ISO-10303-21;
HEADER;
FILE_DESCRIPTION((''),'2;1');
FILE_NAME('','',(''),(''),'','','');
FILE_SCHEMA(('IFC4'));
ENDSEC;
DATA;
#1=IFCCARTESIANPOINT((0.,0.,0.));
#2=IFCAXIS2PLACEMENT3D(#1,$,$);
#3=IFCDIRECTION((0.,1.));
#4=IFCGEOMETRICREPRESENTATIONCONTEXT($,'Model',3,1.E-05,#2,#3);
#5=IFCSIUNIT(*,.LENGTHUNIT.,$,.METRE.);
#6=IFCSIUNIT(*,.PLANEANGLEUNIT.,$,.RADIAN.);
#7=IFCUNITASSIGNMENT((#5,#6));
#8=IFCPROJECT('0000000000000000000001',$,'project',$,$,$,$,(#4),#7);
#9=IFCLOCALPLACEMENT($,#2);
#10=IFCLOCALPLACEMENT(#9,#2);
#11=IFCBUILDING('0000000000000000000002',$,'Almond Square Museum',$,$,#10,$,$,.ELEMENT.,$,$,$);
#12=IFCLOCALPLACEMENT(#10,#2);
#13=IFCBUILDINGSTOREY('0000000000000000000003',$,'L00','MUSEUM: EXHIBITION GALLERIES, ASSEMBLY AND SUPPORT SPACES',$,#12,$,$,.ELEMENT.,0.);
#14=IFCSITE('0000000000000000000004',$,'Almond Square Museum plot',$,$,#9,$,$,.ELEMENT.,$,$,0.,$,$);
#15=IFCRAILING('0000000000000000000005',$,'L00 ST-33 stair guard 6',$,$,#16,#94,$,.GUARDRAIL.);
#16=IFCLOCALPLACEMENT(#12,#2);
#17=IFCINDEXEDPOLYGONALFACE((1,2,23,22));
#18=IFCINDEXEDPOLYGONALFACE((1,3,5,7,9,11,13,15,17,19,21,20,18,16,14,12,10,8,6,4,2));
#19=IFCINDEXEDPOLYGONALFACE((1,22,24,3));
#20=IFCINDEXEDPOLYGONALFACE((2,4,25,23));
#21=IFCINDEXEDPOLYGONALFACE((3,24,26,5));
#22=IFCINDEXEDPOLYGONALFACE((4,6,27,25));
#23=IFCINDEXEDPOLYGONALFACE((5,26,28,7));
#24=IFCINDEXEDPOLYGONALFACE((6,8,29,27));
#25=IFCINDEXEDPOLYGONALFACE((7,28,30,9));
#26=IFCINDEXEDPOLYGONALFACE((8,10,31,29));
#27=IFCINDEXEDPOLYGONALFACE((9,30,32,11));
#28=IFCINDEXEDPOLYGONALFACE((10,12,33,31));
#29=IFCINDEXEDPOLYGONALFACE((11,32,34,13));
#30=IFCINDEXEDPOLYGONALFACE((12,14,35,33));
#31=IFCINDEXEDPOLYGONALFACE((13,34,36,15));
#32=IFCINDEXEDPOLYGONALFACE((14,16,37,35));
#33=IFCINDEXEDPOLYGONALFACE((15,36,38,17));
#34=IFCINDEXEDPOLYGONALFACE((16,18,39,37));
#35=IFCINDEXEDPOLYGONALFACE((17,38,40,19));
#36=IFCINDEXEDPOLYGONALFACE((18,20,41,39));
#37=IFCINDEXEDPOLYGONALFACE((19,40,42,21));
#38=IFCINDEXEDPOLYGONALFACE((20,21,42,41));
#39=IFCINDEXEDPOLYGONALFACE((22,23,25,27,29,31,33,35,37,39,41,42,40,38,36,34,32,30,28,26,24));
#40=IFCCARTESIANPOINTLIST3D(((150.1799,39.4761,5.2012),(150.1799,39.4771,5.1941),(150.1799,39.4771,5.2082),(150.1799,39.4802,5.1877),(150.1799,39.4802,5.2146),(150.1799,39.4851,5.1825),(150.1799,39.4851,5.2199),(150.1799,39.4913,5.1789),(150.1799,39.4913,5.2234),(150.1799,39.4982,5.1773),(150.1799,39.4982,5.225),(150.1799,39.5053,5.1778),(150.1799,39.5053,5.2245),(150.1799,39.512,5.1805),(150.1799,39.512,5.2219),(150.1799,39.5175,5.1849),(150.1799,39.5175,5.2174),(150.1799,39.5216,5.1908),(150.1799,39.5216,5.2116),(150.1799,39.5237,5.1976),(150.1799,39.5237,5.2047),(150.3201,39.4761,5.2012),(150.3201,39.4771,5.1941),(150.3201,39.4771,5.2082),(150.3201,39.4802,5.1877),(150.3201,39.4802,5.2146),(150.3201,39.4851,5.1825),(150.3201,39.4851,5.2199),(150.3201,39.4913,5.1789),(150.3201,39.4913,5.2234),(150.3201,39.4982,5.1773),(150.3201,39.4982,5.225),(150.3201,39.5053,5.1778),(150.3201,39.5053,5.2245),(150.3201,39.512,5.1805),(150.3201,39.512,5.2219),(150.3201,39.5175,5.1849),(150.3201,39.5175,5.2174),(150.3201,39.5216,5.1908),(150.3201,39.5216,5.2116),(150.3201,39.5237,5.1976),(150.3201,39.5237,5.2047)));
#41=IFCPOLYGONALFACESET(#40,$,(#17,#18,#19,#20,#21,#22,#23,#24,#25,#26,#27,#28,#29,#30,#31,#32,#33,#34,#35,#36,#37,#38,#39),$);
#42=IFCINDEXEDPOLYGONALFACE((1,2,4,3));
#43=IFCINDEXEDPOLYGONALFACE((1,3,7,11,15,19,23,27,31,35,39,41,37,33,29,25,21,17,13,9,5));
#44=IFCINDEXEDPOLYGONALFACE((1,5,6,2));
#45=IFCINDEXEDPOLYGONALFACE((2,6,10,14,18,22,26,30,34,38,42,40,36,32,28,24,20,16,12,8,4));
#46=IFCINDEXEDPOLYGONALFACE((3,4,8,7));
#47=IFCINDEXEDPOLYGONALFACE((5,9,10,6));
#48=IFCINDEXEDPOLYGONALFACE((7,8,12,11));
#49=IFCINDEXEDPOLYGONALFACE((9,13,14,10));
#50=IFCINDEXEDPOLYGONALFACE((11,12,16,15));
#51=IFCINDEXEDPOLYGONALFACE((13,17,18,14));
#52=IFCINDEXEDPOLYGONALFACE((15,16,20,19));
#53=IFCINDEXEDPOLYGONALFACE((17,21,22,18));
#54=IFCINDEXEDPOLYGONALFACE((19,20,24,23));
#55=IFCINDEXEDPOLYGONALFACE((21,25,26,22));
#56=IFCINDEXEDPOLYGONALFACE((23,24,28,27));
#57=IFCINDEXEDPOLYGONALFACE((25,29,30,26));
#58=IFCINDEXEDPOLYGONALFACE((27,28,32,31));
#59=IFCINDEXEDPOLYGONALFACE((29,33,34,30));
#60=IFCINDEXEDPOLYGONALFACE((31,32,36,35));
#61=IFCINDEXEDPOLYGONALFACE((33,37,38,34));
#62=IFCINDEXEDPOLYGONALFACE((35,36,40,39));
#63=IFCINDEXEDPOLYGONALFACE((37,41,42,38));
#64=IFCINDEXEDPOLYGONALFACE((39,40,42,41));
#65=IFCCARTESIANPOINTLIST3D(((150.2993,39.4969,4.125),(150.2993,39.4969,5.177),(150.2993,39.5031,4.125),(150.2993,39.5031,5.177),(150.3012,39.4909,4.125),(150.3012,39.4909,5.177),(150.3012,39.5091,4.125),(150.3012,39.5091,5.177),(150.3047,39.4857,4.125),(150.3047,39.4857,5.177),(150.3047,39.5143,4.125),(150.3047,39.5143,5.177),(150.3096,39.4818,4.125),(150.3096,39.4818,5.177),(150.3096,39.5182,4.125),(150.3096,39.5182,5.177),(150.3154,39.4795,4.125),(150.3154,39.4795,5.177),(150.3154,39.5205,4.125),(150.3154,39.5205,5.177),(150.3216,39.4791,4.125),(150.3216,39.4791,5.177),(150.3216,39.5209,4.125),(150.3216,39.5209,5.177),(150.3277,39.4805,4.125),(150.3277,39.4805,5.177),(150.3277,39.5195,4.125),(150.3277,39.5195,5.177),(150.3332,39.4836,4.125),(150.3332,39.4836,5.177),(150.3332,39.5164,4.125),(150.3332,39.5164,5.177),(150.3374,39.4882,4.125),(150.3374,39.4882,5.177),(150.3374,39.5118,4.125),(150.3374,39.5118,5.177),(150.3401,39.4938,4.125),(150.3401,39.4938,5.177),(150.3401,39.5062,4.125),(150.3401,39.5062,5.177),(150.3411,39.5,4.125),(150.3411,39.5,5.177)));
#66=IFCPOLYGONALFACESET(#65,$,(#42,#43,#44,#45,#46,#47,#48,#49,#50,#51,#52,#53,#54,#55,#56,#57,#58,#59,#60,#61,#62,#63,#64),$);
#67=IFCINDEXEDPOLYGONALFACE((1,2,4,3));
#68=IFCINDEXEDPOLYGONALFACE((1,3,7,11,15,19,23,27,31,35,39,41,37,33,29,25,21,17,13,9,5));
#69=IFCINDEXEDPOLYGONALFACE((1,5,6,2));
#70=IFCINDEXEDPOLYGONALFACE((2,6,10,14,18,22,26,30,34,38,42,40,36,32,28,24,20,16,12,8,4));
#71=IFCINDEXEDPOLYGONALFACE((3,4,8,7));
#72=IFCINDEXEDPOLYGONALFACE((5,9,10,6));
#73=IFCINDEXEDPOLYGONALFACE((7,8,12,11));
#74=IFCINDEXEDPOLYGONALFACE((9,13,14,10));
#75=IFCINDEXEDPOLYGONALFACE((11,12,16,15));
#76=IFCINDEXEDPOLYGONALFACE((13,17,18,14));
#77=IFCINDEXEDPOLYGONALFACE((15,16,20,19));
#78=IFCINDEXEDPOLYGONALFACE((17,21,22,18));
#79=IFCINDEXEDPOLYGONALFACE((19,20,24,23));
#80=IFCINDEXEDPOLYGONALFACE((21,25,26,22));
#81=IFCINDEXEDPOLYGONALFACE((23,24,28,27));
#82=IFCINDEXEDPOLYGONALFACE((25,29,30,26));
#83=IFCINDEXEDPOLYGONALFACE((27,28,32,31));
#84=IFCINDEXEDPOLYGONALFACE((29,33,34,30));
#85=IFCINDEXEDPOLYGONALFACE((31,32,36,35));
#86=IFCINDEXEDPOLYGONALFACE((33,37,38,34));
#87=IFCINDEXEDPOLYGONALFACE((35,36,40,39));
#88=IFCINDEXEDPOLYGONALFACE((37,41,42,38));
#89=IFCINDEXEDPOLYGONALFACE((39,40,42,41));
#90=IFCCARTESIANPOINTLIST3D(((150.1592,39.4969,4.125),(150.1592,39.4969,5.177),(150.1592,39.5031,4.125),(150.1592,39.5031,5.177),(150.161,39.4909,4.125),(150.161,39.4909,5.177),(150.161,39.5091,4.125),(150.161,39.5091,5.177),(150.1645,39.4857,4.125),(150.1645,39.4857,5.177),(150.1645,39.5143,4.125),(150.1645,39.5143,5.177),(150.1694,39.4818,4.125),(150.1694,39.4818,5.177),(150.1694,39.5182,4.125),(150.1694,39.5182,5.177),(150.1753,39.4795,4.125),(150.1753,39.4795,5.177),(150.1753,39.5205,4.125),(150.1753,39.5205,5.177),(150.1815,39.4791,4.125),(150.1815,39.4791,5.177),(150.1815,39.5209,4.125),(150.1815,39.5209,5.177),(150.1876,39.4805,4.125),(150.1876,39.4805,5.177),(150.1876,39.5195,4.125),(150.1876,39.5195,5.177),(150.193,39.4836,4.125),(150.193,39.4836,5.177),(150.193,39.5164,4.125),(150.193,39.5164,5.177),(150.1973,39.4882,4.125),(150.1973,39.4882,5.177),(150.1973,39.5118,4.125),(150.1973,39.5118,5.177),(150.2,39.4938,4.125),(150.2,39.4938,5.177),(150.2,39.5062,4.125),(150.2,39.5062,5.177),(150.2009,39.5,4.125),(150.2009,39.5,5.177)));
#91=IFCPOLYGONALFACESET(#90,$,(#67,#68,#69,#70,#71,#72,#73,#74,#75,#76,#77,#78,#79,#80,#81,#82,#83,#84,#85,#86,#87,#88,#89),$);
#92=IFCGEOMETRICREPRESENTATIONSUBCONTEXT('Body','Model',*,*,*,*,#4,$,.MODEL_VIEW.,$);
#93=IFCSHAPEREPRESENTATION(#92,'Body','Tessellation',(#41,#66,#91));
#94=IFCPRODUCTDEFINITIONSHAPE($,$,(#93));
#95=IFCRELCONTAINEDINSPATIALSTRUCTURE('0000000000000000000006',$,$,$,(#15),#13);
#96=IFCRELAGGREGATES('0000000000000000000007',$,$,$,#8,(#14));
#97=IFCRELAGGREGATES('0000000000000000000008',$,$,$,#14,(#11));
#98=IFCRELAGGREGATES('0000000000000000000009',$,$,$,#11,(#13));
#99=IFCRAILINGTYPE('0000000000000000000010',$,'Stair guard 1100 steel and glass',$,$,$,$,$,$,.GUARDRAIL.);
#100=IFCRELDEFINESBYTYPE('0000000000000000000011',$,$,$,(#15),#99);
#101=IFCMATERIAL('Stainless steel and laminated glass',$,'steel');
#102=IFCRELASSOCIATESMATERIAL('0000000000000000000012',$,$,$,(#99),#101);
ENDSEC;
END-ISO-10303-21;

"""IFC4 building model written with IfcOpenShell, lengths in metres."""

from ifc_helpers import new_model, si_unit, direction, frame, origin, origin_2d, place, context, subcontext, project, spatial, circle, extrude, material, type_object, element, save


model = new_model("IFC4")

# Units and contexts
model_context = context("Model", 3, precision=1e-05, world=origin(), true_north=direction((0.0, 1.0)))
body_context = subcontext(model_context, "Body", "Model", "MODEL_VIEW")
ifc_project = project(units=[si_unit("LENGTHUNIT", "METRE"), si_unit("PLANEANGLEUNIT", "RADIAN")], contexts=[model_context])

# Site, building, storey
site_placement = place(None, origin())
site = spatial("IfcSite", under=ifc_project, at=site_placement, Name="Almond Square Museum plot", CompositionType="ELEMENT", RefElevation=0.0)
building_placement = place(site_placement, origin())
building = spatial("IfcBuilding", under=site, at=building_placement, Name="Almond Square Museum", CompositionType="ELEMENT")
storey_placement = place(building_placement, origin())
storey = spatial("IfcBuildingStorey", under=building, at=storey_placement, Name="L00", Description="MUSEUM: EXHIBITION GALLERIES, ASSEMBLY AND SUPPORT SPACES", CompositionType="ELEMENT", Elevation=0.0)

# Railing
ifc_material_1 = material(Name="Stainless steel and laminated glass", Category="steel")
railing_type_1 = type_object("IfcRailingType", Name="Stair guard 1100 steel and glass", PredefinedType="GUARDRAIL", material=ifc_material_1)
railing_1_placement = place(storey_placement, frame((150.3201, 39.5, 4.125)))
element("IfcRailing", 1, at=railing_1_placement, inside=storey, type_object=railing_type_1, Name="L00 ST-33 stair guard 6", PredefinedType="GUARDRAIL", context=body_context, shape_type="SweptSolid", body=[
    extrude(circle(Radius=0.0239, at=origin_2d()), frame((0.0, 0.0, 1.0762), z_axis=(-1.0, 0.0, 0.0), x_axis=(0.0, -1.0, 0.0)), (0.0, 0.0, 1.0), 0.1401),
    extrude(circle(Radius=0.021, at=origin_2d()), origin(), (0.0, 0.0, 1.0), 1.052),
    extrude(circle(Radius=0.021, at=origin_2d()), frame((-0.1401, 0.0, 0.0)), (0.0, 0.0, 1.0), 1.052),
])

save(model, "model.ifc")
